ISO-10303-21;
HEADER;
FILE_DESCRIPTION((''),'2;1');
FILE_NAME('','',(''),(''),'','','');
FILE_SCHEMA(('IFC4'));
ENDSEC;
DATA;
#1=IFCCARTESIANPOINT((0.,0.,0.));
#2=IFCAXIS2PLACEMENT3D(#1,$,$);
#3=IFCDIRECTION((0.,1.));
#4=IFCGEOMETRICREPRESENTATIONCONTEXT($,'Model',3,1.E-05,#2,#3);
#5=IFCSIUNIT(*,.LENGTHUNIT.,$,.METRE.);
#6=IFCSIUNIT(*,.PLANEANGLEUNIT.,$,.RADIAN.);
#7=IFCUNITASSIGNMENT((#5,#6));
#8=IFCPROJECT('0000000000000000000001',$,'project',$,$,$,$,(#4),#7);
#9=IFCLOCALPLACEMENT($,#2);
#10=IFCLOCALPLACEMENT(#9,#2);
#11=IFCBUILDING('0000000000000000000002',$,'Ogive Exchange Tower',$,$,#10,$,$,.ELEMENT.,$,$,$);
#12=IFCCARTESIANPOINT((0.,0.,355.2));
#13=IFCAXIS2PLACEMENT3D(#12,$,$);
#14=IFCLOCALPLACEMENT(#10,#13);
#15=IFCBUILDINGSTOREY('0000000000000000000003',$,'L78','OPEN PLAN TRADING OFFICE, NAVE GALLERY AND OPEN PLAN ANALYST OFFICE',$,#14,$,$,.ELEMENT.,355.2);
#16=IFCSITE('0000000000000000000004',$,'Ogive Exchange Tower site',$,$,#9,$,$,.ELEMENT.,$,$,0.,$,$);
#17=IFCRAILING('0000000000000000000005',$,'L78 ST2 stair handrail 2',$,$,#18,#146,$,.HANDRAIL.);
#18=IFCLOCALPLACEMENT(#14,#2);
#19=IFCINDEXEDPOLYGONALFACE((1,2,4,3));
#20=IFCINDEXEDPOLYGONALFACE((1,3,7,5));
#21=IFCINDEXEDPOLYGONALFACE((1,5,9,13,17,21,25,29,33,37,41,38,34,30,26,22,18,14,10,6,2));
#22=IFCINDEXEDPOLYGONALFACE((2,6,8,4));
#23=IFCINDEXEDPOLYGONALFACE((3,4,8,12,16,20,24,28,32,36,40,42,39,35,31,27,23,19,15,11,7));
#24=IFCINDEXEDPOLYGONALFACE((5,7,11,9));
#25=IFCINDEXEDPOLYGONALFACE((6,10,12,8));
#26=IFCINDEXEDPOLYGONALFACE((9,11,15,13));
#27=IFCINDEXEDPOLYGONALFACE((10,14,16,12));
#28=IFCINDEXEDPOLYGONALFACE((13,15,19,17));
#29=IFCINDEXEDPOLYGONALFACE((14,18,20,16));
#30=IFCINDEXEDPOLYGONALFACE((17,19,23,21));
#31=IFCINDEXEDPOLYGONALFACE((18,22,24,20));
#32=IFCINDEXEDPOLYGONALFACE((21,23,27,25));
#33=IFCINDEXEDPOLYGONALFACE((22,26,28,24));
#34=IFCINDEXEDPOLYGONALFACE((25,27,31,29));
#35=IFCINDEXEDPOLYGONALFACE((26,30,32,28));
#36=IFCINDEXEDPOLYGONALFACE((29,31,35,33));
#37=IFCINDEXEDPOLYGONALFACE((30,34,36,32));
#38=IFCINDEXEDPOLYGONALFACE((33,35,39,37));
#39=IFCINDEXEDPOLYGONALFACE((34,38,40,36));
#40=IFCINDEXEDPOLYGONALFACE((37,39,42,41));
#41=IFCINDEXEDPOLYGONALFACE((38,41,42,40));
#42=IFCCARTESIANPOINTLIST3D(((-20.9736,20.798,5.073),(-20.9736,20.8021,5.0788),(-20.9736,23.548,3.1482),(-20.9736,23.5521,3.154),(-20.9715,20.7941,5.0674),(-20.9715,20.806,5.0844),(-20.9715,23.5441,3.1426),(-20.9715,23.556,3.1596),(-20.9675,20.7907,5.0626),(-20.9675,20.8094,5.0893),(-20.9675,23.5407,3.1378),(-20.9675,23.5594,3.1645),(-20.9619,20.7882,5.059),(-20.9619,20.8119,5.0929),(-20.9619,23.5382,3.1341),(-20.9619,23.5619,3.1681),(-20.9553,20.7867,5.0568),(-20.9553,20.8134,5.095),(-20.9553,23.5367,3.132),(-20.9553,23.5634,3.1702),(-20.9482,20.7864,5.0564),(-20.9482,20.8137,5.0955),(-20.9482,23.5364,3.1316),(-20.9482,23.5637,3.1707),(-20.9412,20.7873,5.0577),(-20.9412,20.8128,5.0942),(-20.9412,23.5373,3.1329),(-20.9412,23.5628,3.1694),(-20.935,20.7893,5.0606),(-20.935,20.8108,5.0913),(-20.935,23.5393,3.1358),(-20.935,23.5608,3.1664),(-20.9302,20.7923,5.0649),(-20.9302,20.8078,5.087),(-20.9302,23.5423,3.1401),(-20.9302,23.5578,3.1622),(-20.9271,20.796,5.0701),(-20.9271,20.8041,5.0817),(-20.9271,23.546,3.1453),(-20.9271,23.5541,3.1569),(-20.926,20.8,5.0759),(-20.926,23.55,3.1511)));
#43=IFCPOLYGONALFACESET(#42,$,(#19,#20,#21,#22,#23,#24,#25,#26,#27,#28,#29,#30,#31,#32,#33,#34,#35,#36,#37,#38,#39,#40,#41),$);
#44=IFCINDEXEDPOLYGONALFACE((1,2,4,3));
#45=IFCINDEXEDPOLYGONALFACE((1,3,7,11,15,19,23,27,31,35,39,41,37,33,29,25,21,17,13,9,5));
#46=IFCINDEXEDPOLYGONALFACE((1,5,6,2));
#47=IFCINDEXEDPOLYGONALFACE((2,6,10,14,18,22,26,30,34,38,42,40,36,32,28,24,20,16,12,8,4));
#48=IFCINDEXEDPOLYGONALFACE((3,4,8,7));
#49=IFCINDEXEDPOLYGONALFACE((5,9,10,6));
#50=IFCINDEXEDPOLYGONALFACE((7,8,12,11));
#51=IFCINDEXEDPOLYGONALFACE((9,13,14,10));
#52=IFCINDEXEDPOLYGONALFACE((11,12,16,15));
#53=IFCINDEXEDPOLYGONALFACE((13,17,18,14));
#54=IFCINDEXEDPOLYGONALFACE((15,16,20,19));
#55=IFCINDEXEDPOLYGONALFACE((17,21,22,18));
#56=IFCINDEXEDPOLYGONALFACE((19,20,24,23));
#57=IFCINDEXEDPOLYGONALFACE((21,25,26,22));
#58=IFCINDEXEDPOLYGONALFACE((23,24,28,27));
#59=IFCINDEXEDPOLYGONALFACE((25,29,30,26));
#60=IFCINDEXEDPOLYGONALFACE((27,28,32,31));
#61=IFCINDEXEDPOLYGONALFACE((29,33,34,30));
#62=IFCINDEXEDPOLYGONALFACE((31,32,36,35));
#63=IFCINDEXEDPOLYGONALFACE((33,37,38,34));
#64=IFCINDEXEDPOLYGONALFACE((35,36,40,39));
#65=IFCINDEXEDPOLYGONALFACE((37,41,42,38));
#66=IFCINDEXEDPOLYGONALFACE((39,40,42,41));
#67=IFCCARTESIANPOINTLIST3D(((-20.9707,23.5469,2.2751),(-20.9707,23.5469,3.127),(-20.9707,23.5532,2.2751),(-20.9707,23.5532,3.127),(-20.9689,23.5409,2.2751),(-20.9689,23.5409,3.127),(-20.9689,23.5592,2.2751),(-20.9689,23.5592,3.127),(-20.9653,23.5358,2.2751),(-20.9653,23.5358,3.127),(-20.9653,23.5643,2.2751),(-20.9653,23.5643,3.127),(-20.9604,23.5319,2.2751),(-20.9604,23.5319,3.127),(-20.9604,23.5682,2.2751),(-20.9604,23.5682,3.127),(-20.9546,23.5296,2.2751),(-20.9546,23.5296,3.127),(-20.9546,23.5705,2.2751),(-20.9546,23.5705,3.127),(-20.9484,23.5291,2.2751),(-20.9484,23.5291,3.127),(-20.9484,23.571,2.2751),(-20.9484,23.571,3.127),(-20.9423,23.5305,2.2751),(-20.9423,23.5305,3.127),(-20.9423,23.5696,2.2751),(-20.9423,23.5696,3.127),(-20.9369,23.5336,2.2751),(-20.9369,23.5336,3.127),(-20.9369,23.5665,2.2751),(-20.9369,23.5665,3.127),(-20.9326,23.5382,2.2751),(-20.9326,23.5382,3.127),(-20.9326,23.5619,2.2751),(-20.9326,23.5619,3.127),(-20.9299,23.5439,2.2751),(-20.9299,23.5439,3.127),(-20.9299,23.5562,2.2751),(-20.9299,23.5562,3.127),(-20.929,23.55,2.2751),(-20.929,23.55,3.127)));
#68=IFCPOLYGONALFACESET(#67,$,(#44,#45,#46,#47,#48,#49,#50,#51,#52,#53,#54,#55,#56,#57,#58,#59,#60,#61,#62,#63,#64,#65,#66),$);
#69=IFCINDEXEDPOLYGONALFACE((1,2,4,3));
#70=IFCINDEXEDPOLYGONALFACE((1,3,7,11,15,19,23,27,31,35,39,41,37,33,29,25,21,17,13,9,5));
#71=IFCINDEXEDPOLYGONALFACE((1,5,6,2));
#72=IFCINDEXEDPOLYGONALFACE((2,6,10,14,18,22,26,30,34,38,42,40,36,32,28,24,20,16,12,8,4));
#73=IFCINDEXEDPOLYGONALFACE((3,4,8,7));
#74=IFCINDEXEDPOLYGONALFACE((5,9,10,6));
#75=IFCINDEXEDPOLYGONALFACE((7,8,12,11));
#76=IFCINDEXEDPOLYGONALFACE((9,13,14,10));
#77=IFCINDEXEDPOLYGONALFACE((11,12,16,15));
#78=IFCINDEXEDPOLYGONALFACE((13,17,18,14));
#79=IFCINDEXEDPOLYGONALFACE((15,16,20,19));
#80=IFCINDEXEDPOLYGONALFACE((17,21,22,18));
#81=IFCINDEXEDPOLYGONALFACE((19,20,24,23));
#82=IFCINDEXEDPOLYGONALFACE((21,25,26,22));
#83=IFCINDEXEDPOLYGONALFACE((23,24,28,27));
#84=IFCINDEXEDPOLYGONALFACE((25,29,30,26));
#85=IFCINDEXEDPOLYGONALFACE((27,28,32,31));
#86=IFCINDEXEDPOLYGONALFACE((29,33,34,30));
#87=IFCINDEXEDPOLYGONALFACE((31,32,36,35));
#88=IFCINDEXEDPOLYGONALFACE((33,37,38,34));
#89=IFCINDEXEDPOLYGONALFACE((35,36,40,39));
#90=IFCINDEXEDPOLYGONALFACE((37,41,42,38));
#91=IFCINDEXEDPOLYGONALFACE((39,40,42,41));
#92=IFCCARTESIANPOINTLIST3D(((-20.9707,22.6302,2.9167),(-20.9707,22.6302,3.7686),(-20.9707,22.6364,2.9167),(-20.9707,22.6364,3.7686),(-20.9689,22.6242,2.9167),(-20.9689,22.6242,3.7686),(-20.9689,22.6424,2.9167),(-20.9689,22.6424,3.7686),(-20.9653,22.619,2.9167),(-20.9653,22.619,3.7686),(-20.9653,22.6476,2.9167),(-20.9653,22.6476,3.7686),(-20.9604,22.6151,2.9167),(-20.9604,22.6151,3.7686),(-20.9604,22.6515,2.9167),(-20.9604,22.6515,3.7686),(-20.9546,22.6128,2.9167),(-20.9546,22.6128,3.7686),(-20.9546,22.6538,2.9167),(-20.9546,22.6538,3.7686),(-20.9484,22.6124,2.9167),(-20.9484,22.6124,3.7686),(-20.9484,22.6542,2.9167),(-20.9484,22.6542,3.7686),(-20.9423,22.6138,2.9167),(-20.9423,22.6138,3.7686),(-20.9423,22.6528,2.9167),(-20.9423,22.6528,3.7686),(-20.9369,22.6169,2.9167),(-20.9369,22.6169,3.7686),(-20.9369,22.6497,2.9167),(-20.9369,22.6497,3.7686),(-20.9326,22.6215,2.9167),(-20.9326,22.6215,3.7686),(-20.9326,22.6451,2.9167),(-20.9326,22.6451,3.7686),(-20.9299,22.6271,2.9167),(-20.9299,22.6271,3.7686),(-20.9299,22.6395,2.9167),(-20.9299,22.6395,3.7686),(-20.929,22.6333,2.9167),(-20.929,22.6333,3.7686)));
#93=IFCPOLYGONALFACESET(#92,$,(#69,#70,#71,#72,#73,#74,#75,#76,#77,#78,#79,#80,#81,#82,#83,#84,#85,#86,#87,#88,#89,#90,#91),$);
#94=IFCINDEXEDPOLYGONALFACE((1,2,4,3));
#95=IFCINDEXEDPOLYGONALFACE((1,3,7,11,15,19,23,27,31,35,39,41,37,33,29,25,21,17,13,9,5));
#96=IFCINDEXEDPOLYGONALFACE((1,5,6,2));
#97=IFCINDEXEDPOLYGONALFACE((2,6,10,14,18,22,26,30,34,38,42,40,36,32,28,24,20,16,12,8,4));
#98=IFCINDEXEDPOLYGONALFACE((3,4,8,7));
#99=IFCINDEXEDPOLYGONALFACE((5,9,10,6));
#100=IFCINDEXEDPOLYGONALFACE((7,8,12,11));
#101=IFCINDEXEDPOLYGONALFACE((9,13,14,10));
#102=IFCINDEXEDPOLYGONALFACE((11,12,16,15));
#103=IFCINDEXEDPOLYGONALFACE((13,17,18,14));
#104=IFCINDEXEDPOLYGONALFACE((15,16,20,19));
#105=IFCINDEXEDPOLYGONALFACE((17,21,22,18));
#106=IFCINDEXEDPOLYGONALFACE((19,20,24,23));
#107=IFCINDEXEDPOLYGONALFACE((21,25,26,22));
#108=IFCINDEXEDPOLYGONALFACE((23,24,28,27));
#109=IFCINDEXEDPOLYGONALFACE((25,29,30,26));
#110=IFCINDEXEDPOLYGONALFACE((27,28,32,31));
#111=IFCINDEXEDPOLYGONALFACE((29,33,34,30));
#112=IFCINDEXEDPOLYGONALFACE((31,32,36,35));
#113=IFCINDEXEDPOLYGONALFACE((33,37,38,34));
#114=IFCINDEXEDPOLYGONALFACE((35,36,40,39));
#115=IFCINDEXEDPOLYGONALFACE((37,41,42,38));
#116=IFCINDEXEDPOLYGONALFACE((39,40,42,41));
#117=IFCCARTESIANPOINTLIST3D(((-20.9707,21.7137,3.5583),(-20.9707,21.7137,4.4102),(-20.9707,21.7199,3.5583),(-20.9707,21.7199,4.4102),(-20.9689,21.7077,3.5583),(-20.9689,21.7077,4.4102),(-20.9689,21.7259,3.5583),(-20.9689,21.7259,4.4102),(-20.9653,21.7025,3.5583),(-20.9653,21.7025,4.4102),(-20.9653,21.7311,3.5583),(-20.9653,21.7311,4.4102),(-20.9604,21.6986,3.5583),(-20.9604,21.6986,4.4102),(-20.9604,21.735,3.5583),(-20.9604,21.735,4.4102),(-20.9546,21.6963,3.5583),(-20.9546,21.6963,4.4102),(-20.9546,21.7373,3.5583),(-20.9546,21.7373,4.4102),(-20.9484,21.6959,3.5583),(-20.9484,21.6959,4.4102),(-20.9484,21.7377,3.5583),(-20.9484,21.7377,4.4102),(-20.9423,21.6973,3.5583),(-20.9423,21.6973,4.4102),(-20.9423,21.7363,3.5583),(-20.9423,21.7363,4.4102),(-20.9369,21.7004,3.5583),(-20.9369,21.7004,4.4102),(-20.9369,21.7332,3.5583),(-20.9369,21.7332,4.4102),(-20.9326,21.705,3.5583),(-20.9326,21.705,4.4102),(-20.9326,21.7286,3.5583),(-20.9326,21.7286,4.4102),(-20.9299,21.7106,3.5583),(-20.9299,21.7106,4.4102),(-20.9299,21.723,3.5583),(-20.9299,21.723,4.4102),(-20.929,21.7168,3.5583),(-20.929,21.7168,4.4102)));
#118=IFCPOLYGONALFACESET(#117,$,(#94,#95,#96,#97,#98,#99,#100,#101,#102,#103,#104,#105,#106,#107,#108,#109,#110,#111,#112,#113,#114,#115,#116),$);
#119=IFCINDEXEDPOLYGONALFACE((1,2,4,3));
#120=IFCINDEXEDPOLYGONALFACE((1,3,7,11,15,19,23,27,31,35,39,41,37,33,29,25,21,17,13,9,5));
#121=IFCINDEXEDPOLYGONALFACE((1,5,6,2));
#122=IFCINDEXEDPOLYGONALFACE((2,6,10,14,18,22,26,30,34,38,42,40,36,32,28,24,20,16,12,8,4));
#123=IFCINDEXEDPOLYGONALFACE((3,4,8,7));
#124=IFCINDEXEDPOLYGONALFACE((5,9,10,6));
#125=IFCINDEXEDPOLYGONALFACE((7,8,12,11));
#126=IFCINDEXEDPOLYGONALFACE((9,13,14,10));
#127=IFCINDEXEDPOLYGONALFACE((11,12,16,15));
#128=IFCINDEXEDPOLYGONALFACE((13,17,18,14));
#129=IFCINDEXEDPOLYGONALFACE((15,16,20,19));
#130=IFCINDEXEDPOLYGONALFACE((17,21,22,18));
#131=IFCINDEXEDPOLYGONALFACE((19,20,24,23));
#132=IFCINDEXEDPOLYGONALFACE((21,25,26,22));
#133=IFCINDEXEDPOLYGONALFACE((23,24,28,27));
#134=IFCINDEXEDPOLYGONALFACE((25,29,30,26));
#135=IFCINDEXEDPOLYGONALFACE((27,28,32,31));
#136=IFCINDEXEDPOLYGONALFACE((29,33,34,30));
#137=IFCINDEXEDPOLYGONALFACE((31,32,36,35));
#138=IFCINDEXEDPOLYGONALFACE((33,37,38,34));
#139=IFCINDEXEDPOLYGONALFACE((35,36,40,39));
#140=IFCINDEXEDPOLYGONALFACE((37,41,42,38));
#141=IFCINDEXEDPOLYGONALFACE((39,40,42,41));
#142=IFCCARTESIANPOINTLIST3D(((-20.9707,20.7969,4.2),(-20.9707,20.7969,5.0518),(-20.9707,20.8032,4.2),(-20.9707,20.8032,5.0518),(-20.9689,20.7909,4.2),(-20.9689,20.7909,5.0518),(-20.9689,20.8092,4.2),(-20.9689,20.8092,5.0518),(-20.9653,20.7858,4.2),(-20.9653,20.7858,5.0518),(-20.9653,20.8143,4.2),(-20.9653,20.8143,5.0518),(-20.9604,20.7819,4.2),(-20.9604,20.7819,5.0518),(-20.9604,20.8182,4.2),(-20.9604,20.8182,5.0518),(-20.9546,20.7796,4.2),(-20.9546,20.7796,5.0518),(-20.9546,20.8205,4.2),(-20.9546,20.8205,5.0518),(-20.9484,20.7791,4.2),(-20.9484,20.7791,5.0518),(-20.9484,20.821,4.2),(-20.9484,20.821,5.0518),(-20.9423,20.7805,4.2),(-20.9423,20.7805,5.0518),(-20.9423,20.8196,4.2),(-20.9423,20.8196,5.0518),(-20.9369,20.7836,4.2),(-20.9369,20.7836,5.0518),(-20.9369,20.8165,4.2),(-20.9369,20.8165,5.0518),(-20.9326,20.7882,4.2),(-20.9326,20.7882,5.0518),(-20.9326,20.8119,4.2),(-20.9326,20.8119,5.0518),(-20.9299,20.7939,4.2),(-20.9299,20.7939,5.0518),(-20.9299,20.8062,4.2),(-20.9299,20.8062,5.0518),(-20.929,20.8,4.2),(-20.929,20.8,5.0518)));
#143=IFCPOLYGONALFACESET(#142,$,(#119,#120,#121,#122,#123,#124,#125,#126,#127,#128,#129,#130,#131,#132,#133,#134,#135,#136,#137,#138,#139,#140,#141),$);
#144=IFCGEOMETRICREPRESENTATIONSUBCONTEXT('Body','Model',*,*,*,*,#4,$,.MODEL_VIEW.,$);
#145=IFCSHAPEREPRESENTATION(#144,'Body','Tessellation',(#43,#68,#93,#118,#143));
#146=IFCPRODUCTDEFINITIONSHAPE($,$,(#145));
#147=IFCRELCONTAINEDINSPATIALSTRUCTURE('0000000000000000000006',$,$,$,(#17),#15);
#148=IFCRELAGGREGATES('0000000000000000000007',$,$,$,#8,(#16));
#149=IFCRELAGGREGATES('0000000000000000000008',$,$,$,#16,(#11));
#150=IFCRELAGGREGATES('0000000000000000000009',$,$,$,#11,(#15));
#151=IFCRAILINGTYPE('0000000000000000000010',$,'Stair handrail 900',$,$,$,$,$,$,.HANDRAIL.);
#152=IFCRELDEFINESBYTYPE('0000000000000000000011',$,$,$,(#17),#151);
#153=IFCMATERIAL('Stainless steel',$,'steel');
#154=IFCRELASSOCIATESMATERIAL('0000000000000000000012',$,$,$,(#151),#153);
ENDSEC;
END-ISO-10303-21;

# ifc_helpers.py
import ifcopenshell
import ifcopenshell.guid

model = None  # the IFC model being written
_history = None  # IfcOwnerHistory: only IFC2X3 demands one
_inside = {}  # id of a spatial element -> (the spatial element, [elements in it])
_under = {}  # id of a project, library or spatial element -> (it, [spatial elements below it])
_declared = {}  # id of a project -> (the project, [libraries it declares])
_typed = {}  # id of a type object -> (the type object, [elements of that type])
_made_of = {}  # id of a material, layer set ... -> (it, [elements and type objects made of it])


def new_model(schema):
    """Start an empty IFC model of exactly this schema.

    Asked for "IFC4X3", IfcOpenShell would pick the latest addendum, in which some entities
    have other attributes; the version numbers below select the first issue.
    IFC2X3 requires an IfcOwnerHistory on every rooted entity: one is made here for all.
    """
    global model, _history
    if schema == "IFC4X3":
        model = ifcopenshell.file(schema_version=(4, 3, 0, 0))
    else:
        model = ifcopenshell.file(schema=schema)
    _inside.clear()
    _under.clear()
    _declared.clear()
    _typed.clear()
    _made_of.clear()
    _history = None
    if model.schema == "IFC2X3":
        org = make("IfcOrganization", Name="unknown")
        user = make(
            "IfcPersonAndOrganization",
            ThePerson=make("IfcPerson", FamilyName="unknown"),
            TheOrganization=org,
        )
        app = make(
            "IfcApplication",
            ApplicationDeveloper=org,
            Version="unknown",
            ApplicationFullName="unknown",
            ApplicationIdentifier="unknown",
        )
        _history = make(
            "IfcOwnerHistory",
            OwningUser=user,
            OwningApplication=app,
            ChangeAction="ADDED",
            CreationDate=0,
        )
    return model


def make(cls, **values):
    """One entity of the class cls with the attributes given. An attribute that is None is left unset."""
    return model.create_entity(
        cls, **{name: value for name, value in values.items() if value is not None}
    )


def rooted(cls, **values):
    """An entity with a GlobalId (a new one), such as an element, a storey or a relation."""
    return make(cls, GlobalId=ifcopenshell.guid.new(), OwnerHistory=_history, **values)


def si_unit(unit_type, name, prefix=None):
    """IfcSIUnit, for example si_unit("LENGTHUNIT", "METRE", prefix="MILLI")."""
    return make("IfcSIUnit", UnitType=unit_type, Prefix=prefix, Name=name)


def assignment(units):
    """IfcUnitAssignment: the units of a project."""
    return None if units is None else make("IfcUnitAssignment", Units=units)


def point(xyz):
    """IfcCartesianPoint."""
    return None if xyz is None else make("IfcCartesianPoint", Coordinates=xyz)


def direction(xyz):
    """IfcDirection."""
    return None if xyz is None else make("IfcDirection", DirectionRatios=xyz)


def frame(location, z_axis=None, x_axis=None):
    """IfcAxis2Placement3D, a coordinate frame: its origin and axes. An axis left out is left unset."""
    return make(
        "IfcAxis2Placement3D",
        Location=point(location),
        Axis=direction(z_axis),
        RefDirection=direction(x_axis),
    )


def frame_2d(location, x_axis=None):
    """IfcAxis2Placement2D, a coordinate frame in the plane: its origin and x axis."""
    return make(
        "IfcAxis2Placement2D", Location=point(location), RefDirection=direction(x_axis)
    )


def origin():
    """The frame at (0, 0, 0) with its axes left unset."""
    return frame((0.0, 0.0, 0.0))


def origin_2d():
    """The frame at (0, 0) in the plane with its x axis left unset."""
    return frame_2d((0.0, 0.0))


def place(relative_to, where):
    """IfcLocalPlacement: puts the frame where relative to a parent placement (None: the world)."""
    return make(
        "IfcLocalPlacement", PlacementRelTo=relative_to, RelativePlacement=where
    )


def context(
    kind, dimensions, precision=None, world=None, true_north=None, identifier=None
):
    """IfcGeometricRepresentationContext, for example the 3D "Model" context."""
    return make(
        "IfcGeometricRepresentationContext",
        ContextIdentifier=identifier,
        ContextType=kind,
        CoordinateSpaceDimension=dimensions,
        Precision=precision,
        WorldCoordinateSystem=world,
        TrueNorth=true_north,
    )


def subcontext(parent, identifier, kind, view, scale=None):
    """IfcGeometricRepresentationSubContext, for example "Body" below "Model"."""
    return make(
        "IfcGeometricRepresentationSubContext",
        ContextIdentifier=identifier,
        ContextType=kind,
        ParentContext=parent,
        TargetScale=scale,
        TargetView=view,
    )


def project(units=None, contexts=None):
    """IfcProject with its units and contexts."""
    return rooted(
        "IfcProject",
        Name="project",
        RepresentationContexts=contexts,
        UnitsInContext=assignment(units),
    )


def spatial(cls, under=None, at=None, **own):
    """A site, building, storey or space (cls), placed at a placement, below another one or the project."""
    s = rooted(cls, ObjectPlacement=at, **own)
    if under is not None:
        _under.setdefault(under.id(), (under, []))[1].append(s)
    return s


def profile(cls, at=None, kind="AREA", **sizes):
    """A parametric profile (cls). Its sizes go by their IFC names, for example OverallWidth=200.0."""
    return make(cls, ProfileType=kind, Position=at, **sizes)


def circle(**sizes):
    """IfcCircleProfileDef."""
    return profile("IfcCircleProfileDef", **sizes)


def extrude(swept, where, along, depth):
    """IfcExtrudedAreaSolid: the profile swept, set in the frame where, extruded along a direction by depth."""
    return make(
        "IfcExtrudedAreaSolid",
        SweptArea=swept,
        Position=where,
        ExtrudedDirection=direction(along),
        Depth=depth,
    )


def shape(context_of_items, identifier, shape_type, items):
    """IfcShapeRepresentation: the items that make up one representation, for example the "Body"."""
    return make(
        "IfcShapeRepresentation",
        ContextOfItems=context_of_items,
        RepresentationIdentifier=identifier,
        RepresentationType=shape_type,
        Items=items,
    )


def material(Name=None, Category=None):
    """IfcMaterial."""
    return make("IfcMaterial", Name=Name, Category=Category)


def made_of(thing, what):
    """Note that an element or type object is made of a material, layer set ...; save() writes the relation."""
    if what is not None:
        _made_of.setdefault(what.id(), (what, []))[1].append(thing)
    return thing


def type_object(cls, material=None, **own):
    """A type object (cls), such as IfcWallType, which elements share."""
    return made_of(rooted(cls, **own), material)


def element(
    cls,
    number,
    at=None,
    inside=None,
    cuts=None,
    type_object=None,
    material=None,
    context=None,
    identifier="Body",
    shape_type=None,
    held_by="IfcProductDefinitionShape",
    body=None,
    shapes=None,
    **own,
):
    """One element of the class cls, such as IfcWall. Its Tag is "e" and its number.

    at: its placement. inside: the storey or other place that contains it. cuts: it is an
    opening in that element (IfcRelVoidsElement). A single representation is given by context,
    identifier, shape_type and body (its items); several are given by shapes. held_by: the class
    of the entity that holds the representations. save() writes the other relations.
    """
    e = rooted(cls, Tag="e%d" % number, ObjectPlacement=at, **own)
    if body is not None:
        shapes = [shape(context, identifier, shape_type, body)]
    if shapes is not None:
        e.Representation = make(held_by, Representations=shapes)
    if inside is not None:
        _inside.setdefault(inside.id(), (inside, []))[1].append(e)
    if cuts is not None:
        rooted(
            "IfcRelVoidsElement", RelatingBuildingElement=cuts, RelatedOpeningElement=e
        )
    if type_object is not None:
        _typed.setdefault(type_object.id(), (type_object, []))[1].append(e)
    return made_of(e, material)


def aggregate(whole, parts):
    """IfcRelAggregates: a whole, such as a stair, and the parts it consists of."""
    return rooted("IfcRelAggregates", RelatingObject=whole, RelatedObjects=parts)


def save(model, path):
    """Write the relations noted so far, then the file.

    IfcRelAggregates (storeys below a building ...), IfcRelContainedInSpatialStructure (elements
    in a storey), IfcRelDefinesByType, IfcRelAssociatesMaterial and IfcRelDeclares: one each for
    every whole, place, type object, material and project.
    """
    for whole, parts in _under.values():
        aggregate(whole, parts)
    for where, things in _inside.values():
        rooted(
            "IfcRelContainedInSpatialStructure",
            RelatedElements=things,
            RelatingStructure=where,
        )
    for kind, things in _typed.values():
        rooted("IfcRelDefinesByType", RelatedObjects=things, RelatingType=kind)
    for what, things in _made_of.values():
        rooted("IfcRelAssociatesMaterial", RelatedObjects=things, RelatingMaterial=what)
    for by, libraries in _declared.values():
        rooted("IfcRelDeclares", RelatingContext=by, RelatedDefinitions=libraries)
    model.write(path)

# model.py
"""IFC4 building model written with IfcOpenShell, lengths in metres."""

from ifc_helpers import new_model, si_unit, direction, frame, origin, origin_2d, place, context, subcontext, project, spatial, circle, extrude, material, type_object, element, save


model = new_model("IFC4")

# Units and contexts
model_context = context("Model", 3, precision=1e-05, world=origin(), true_north=direction((0.0, 1.0)))
body_context = subcontext(model_context, "Body", "Model", "MODEL_VIEW")
ifc_project = project(units=[si_unit("LENGTHUNIT", "METRE"), si_unit("PLANEANGLEUNIT", "RADIAN")], contexts=[model_context])

# Site, building, storey
site_placement = place(None, origin())
site = spatial("IfcSite", under=ifc_project, at=site_placement, Name="Ogive Exchange Tower site", CompositionType="ELEMENT", RefElevation=0.0)
building_placement = place(site_placement, origin())
building = spatial("IfcBuilding", under=site, at=building_placement, Name="Ogive Exchange Tower", CompositionType="ELEMENT")
storey_placement = place(building_placement, frame((0.0, 0.0, 355.2)))
storey = spatial("IfcBuildingStorey", under=building, at=storey_placement, Name="L78", Description="OPEN PLAN TRADING OFFICE, NAVE GALLERY AND OPEN PLAN ANALYST OFFICE", CompositionType="ELEMENT", Elevation=355.2)

# Railing
ifc_material_1 = material(Name="Stainless steel", Category="steel")
railing_type = type_object("IfcRailingType", Name="Stair handrail 900", PredefinedType="HANDRAIL", material=ifc_material_1)
railing_1_placement = place(storey_placement, frame((-20.95, 23.55, 2.2751)))
element("IfcRailing", 1, at=railing_1_placement, inside=storey, type_object=railing_type, Name="L78 ST2 stair handrail 2", PredefinedType="HANDRAIL", context=body_context, shape_type="SweptSolid", body=[
    extrude(circle(Radius=0.0239, at=origin_2d()), frame((0.0, 0.0, 0.876), z_axis=(0.0, -0.819259, 0.573423), x_axis=(1.0, 0.0, 0.0)), (0.0, 0.0, 1.0), 3.3567),
    extrude(circle(Radius=0.021, at=origin_2d()), origin(), (0.0, 0.0, 1.0), 0.8518),
    extrude(circle(Radius=0.021, at=origin_2d()), frame((0.0, -0.9167, 0.6416)), (0.0, 0.0, 1.0), 0.8518),
    extrude(circle(Radius=0.021, at=origin_2d()), frame((0.0, -1.8333, 1.2832)), (0.0, 0.0, 1.0), 0.8518),
    extrude(circle(Radius=0.021, at=origin_2d()), frame((0.0, -2.75, 1.9248)), (0.0, 0.0, 1.0), 0.8518),
])

save(model, "model.ifc")
